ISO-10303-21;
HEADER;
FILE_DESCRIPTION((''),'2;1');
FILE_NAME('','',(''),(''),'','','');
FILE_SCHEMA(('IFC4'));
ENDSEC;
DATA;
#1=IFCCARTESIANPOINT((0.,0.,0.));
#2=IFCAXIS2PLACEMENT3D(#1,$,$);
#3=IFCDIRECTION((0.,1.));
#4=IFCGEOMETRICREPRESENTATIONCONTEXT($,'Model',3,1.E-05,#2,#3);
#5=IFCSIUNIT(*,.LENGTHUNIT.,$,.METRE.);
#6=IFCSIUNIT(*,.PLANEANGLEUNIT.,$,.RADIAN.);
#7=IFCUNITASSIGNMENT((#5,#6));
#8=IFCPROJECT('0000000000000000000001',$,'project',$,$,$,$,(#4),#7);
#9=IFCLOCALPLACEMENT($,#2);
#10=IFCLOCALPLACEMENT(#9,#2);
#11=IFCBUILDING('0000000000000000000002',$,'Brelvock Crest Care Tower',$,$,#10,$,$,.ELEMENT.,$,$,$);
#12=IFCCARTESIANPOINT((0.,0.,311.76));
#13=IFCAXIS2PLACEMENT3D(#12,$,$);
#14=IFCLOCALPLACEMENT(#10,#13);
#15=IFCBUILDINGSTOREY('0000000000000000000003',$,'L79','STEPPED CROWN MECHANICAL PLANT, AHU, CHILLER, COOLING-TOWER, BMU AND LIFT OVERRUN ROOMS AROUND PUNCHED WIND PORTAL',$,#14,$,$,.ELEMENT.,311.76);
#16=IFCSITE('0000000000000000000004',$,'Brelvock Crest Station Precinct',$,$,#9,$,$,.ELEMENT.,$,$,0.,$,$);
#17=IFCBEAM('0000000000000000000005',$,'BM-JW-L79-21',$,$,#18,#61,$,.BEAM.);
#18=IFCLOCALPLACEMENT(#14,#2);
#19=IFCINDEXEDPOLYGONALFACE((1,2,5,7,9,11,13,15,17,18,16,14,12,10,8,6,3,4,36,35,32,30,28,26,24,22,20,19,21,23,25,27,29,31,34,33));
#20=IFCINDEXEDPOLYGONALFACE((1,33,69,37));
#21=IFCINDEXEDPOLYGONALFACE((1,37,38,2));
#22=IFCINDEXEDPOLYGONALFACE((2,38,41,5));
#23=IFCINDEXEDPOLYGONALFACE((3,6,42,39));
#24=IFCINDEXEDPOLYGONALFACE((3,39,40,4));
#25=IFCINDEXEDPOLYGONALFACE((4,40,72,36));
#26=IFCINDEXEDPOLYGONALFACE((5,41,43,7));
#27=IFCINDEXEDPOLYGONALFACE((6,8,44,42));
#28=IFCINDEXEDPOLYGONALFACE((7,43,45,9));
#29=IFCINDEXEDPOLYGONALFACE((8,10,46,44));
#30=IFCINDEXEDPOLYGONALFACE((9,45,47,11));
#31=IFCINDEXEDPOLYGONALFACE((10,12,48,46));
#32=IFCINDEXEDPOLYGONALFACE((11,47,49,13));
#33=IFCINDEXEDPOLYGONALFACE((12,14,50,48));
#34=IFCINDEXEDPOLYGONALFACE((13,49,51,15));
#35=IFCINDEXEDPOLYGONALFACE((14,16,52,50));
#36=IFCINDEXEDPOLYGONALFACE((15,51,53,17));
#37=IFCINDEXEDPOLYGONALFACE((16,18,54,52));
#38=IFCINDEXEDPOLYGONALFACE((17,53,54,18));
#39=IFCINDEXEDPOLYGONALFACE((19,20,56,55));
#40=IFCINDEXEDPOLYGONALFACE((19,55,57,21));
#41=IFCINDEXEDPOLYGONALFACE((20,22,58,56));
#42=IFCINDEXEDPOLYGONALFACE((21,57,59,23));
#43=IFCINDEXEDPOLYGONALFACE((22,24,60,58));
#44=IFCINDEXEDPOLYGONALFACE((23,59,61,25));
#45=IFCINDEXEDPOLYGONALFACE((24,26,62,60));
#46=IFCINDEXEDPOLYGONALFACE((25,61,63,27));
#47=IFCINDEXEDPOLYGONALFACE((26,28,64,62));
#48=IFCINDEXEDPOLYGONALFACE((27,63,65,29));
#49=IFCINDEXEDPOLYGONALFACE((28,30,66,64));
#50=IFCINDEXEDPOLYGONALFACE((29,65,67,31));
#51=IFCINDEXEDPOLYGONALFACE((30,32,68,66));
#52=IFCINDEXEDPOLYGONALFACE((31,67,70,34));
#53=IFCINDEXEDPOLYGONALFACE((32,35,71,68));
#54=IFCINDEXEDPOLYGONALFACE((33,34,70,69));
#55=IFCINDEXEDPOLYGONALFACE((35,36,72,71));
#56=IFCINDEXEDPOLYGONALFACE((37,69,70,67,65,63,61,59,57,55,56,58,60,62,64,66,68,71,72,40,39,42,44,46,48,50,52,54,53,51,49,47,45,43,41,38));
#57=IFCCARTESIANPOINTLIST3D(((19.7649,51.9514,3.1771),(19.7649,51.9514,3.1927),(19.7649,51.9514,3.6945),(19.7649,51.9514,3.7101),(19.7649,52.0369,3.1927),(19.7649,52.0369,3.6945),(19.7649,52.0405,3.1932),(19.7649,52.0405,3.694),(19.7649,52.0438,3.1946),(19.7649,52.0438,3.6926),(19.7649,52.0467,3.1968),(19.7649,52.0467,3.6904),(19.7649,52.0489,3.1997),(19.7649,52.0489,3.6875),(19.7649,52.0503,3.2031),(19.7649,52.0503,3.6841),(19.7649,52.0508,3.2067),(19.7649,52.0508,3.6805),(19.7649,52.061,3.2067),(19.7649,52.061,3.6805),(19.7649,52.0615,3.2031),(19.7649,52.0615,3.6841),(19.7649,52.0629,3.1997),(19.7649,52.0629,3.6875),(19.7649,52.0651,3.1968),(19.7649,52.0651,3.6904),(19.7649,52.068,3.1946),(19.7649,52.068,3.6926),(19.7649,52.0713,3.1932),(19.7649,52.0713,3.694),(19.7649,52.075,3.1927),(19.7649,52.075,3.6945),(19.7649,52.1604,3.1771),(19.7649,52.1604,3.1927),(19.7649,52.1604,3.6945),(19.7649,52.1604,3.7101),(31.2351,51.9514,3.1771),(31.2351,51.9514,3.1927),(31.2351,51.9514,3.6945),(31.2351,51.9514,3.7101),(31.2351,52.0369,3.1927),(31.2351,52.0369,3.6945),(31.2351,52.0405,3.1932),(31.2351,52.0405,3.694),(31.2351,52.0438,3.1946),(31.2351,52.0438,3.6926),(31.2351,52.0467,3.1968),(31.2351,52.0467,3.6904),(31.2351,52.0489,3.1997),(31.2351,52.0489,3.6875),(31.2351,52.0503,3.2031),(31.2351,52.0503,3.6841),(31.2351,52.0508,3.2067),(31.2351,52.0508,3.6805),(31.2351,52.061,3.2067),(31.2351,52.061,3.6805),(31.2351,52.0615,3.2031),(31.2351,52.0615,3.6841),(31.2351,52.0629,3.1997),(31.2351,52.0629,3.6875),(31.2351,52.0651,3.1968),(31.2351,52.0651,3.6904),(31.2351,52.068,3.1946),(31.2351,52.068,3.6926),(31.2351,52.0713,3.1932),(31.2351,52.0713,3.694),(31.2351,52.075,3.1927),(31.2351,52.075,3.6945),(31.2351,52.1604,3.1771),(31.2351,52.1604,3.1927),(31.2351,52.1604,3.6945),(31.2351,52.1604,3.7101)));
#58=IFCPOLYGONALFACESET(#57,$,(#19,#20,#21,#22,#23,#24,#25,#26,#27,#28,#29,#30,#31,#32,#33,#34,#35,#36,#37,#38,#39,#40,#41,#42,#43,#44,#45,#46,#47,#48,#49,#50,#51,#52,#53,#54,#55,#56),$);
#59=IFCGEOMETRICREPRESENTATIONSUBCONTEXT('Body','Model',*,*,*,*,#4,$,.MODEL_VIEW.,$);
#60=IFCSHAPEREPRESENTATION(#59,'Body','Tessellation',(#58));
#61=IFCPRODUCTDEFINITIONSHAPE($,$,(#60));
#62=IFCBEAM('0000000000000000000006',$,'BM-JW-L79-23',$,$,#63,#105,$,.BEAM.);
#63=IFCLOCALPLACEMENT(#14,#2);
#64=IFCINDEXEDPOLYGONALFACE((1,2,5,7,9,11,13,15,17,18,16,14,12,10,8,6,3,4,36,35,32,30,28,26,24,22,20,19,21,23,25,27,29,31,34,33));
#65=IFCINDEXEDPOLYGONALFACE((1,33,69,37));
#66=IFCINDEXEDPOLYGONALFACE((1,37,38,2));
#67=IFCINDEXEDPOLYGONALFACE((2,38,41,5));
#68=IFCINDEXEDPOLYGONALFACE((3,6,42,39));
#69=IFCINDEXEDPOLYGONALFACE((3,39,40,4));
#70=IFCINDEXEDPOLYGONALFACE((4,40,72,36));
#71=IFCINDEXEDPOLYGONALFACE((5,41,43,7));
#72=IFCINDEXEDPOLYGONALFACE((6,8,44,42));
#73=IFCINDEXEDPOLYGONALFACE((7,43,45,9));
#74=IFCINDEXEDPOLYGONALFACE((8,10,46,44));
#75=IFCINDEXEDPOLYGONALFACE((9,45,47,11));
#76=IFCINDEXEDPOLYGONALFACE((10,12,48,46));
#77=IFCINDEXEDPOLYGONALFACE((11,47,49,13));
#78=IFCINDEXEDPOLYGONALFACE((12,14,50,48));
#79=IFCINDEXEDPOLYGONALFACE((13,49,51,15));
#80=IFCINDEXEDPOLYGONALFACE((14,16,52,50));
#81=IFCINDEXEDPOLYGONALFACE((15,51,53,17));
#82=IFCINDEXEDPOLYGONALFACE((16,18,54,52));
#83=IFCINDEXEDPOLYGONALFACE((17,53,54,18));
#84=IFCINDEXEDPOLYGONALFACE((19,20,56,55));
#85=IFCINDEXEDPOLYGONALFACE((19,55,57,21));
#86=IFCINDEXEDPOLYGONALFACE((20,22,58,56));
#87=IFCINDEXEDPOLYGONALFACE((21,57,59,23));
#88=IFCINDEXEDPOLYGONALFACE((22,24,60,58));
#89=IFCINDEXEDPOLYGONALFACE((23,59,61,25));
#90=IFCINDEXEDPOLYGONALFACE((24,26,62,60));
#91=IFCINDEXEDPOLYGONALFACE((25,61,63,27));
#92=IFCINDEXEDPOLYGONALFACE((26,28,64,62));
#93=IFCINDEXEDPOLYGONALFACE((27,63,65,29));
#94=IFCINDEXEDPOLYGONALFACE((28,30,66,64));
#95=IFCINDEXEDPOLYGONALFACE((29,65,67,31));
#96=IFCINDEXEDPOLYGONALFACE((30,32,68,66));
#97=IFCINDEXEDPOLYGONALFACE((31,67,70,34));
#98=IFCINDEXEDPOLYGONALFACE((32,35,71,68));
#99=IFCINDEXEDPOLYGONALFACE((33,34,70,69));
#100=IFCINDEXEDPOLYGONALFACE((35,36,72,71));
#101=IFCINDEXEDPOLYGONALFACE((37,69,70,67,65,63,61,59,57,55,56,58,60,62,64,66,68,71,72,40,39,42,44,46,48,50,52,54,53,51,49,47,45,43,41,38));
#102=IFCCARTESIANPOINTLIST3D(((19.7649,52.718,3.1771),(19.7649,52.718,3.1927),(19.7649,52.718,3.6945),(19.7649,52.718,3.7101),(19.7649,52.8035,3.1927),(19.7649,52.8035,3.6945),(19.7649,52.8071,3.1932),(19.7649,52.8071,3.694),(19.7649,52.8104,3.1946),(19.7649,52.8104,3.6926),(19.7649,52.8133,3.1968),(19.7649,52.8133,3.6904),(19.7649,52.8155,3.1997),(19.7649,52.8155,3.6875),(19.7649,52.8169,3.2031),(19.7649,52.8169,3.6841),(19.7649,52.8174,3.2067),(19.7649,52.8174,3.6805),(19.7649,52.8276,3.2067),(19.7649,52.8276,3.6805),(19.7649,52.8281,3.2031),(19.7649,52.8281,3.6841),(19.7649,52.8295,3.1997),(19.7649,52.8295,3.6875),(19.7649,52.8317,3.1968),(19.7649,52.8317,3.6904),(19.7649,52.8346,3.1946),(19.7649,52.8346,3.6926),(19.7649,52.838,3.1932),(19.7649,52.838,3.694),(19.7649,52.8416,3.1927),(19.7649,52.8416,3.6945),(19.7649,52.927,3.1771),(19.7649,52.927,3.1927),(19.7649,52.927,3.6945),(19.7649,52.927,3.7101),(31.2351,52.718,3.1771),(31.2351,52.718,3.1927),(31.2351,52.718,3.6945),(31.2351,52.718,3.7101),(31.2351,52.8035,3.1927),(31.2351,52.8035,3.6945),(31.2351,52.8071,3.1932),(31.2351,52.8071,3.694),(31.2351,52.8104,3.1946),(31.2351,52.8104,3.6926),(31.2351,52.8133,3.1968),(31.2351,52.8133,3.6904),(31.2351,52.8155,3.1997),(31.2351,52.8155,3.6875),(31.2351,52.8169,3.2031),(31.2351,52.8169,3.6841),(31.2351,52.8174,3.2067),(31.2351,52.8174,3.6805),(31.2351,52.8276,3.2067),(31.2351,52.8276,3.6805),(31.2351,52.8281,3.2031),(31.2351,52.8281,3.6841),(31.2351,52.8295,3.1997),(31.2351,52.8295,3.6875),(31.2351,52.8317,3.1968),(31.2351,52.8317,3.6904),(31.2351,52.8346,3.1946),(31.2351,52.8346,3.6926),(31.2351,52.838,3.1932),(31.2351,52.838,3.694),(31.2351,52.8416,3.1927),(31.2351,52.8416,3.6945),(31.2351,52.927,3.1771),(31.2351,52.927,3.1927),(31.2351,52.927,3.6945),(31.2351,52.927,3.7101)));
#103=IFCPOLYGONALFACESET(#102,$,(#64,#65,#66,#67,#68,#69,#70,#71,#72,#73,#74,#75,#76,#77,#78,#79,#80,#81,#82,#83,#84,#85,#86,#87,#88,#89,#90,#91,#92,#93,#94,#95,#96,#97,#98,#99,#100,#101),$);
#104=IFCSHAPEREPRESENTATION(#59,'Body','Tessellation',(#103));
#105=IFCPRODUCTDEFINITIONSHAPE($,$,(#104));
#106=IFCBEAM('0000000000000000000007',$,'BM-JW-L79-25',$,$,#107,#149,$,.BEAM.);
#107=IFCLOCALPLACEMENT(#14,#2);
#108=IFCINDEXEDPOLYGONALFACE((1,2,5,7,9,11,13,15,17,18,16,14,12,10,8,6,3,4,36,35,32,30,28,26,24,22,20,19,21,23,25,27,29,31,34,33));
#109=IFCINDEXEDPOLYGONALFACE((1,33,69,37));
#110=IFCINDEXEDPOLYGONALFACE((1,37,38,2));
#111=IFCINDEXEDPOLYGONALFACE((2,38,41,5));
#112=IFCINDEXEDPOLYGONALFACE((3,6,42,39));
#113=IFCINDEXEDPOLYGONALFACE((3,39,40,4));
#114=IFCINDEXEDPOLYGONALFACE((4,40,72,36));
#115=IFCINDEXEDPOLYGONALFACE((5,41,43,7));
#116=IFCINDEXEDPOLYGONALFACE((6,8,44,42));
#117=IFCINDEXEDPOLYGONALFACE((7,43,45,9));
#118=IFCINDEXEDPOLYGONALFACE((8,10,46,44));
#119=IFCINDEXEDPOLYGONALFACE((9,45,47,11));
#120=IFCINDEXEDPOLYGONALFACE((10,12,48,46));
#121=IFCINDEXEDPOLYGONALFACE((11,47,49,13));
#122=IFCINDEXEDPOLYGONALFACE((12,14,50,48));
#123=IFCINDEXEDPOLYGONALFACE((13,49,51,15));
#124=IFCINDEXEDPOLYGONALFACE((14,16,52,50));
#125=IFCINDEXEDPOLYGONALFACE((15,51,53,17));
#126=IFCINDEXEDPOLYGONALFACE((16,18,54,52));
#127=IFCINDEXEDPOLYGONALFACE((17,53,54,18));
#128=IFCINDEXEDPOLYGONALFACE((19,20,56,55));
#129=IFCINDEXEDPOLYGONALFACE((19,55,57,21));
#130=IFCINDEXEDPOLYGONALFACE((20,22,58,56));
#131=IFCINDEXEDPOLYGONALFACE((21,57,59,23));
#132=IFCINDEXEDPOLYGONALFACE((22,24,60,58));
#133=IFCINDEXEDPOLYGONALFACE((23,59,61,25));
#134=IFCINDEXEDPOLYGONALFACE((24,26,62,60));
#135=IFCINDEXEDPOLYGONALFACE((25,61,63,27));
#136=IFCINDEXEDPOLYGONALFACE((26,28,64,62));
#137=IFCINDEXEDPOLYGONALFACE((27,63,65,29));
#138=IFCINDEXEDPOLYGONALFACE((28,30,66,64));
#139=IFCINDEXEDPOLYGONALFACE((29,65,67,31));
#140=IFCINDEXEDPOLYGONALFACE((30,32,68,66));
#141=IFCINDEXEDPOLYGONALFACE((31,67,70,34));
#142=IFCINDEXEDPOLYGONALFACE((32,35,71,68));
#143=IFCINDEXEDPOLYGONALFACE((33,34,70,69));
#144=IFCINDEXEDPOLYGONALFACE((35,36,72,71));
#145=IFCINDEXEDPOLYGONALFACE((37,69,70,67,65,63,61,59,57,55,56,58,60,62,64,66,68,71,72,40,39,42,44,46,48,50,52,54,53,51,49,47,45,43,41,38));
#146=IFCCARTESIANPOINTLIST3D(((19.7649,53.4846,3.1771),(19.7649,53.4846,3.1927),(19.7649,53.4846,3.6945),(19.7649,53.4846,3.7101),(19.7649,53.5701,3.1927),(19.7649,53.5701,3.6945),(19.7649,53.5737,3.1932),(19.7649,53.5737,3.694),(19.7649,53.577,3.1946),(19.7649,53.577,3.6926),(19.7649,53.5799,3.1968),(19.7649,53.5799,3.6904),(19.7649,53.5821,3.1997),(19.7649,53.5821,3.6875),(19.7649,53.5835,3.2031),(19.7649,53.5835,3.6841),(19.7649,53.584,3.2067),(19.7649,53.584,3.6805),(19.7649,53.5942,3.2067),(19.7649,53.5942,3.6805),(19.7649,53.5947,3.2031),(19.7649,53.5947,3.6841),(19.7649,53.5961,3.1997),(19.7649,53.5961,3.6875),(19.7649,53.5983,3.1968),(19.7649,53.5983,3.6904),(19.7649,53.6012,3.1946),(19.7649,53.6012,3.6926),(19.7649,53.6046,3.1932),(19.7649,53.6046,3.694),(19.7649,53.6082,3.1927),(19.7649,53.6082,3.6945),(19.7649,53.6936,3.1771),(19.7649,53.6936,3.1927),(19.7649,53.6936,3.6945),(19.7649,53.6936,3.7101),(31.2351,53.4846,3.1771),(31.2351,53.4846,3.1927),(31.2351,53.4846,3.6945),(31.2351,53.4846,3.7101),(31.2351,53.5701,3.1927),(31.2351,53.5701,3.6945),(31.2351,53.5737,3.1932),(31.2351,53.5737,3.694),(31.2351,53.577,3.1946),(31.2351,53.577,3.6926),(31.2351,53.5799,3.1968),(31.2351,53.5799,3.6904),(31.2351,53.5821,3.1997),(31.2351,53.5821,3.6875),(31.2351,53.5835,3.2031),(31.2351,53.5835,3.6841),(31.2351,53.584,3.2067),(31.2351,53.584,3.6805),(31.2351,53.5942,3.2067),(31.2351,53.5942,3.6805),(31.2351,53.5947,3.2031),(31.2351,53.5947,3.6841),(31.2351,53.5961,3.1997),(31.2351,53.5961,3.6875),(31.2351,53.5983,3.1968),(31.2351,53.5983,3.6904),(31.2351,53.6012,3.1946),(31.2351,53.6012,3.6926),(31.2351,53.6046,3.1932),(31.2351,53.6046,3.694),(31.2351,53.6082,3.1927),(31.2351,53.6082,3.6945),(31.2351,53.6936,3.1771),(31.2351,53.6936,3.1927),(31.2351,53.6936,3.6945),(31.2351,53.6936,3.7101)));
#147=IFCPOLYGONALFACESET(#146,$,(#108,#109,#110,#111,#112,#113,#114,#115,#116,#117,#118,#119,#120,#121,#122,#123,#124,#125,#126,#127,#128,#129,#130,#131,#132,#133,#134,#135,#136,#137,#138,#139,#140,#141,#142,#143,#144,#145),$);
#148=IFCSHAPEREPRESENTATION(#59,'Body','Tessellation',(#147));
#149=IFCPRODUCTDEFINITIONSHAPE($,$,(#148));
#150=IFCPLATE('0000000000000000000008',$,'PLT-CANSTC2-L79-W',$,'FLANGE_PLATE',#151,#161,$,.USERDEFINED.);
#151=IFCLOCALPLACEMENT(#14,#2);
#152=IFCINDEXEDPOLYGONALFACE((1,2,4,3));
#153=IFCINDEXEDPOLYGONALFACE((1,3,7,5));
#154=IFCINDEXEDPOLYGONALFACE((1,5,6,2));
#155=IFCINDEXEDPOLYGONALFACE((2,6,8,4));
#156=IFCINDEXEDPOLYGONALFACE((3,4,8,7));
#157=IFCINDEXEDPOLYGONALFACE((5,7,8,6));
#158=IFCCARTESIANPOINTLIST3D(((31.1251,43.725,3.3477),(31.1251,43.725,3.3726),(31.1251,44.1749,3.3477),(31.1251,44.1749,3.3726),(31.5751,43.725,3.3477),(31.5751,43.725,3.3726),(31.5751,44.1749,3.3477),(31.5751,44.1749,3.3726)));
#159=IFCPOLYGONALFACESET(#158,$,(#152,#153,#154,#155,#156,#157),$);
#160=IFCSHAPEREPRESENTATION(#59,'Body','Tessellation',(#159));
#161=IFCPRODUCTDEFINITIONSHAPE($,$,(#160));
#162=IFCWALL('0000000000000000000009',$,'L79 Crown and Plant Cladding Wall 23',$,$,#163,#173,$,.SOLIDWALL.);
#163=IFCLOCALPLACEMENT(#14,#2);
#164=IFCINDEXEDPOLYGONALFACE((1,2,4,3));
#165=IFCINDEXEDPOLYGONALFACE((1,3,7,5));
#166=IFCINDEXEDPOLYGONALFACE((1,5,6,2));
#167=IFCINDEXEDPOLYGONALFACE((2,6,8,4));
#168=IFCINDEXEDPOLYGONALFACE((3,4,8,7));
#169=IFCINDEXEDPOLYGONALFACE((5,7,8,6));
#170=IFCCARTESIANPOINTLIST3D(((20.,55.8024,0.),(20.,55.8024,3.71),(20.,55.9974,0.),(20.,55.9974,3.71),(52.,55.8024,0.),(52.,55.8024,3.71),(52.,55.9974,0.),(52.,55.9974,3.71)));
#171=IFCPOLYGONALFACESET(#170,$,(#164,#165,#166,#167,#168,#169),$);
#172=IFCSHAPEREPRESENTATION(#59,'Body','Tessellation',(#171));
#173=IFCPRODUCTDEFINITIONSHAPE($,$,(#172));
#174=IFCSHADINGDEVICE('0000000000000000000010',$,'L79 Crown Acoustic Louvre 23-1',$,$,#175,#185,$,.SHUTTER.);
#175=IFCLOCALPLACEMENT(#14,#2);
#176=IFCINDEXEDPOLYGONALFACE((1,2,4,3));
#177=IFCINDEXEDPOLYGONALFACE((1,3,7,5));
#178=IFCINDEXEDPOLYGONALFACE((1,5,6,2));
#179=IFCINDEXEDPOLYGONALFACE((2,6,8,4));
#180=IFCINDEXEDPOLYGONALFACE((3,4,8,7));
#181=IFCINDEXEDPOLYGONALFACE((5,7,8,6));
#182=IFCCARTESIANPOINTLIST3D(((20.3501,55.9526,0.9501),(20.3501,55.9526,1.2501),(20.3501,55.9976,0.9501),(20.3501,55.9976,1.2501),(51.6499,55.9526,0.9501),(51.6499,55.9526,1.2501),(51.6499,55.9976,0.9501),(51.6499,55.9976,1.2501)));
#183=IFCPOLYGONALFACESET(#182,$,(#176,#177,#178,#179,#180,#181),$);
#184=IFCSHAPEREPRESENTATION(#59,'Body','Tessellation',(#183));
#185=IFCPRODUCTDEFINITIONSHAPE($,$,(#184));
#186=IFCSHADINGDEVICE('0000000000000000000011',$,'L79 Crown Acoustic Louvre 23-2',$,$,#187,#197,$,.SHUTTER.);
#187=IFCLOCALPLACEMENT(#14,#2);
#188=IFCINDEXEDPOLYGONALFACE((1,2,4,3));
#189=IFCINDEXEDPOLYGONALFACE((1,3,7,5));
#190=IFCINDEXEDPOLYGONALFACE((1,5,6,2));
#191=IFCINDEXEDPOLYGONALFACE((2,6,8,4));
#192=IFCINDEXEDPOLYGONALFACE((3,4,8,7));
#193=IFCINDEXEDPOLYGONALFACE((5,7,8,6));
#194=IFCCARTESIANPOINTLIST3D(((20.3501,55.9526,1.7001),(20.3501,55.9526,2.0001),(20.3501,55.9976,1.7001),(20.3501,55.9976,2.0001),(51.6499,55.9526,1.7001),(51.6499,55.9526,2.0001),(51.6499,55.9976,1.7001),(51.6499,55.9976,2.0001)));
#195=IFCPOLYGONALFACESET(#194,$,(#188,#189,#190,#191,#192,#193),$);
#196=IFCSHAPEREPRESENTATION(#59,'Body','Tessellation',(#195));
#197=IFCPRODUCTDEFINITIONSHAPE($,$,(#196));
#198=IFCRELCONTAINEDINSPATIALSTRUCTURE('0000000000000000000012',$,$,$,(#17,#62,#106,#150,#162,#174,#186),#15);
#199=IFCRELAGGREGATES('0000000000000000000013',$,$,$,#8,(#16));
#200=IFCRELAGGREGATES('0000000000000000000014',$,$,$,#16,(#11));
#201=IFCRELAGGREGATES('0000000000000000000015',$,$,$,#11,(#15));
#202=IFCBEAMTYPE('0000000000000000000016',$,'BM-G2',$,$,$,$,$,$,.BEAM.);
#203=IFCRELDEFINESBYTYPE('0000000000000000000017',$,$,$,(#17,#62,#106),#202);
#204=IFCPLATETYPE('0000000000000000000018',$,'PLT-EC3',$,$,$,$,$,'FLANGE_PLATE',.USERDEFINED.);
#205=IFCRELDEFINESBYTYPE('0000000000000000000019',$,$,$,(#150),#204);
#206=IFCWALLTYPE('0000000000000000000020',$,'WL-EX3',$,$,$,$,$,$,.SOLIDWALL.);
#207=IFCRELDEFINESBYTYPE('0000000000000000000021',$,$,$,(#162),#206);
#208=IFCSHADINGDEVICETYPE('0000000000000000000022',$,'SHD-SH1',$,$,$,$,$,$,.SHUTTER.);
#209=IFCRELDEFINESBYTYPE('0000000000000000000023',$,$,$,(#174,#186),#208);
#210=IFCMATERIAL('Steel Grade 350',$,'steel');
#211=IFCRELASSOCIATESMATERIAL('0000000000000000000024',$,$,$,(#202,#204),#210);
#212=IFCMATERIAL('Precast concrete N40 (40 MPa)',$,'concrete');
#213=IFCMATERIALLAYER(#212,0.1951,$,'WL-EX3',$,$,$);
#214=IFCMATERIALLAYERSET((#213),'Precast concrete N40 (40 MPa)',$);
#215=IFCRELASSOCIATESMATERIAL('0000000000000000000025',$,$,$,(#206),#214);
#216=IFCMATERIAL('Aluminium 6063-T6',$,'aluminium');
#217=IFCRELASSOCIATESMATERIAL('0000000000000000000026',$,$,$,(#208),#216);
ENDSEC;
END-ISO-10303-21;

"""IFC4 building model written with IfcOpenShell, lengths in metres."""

from ifc_helpers import new_model, si_unit, direction, frame, frame_2d, origin, origin_2d, place, context, subcontext, project, spatial, rectangle, i_section, extrude, source, transform, mapped, material, layer, layer_set, material_profile, profile_set, type_object, element, save


model = new_model("IFC4")

# Units and contexts
model_context = context("Model", 3, precision=1e-05, world=origin(), true_north=direction((0.0, 1.0)))
body_context = subcontext(model_context, "Body", "Model", "MODEL_VIEW")
ifc_project = project(units=[si_unit("LENGTHUNIT", "METRE"), si_unit("PLANEANGLEUNIT", "RADIAN")], contexts=[model_context])

# Site, building, storey
site_placement = place(None, origin())
site = spatial("IfcSite", under=ifc_project, at=site_placement, Name="Brelvock Crest Station Precinct", CompositionType="ELEMENT", RefElevation=0.0)
building_placement = place(site_placement, origin())
building = spatial("IfcBuilding", under=site, at=building_placement, Name="Brelvock Crest Care Tower", CompositionType="ELEMENT")
storey_placement = place(building_placement, frame((0.0, 0.0, 311.76)))
storey = spatial("IfcBuildingStorey", under=building, at=storey_placement, Name="L79", Description="STEPPED CROWN MECHANICAL PLANT, AHU, CHILLER, COOLING-TOWER, BMU AND LIFT OVERRUN ROOMS AROUND PUNCHED WIND PORTAL", CompositionType="ELEMENT", Elevation=311.76)

# Shared definitions
ifc_material_1 = material(Name="Steel Grade 350", Category="steel")

# Beams
ifc_material_profile_1 = material_profile(ifc_material_1, i_section(OverallWidth=0.209, OverallDepth=0.533, WebThickness=0.0103, FlangeThickness=0.0156, FilletRadius=0.0139, at=origin_2d()), Name="530UB92.4")
ifc_profile_set_1 = profile_set([ifc_material_profile_1], Name="Steel Grade 350")
beam_type_1 = type_object("IfcBeamType", Name="BM-G2", PredefinedType="BEAM", material=ifc_profile_set_1)
shared_shape_1 = source(origin(), body_context, "Body", "SweptSolid", [
    extrude(i_section(OverallWidth=0.209, OverallDepth=0.533, WebThickness=0.0103, FlangeThickness=0.0156, FilletRadius=0.0139, at=origin_2d()), origin(), (0.0, 0.0, 1.0), 11.4702),
])
for number, where, z_axis, x_axis, name in (
    (1, (19.7649, 52.0559, 3.4436), (1.0, 0.0, 0.0), (0.0, 1.0, 0.0), "BM-JW-L79-21"),
    (2, (19.7649, 52.8225, 3.4436), (1.0, 0.0, 0.0), (0.0, 1.0, 0.0), "BM-JW-L79-23"),
    (3, (19.7649, 53.5891, 3.4436), (1.0, 0.0, 0.0), (0.0, 1.0, 0.0), "BM-JW-L79-25"),
):
    element("IfcBeam", number, at=place(storey_placement, frame(where, z_axis=z_axis, x_axis=x_axis)), inside=storey, type_object=beam_type_1, Name=name, PredefinedType="BEAM", context=body_context, shape_type="MappedRepresentation", body=[
        mapped(shared_shape_1, transform((0.0, 0.0, 0.0), x_axis=(1.0, 0.0, 0.0), y_axis=(0.0, 1.0, 0.0), z_axis=(0.0, 0.0, 1.0), scale=1.0)),
    ])

# Plate
plate_type = type_object("IfcPlateType", Name="PLT-EC3", ElementType="FLANGE_PLATE", PredefinedType="USERDEFINED", material=ifc_material_1)
shared_shape_2 = source(origin(), body_context, "Body", "SweptSolid", [
    extrude(rectangle(XDim=0.45, YDim=0.45, at=origin_2d()), origin(), (0.0, 0.0, 1.0), 0.0249),
])
plate_placement = place(storey_placement, frame((31.3501, 43.95, 3.3477), z_axis=(0.0, 0.0, 1.0), x_axis=(1.0, 0.0, 0.0)))
element("IfcPlate", 4, at=plate_placement, inside=storey, type_object=plate_type, Name="PLT-CANSTC2-L79-W", ObjectType="FLANGE_PLATE", PredefinedType="USERDEFINED", context=body_context, shape_type="MappedRepresentation", body=[
    mapped(shared_shape_2, transform((0.0, 0.0, 0.0), x_axis=(1.0, 0.0, 0.0), y_axis=(0.0, 1.0, 0.0), z_axis=(0.0, 0.0, 1.0), scale=1.0)),
])

# Wall
ifc_material_2 = material(Name="Precast concrete N40 (40 MPa)", Category="concrete")
ifc_layer = layer(ifc_material_2, 0.1951, Name="WL-EX3")
ifc_layer_set = layer_set([ifc_layer], Name="Precast concrete N40 (40 MPa)")
wall_type = type_object("IfcWallType", Name="WL-EX3", PredefinedType="SOLIDWALL", material=ifc_layer_set)
wall_placement = place(storey_placement, frame((20.0, 55.8999, 0.0), z_axis=(0.0, 0.0, 1.0), x_axis=(1.0, 0.0, 0.0)))
element("IfcWall", 5, at=wall_placement, inside=storey, type_object=wall_type, Name="L79 Crown and Plant Cladding Wall 23", PredefinedType="SOLIDWALL", context=body_context, shape_type="SweptSolid", body=[
    extrude(rectangle(XDim=32.0, YDim=0.1951, at=frame_2d((16.0, 0.0))), origin(), (0.0, 0.0, 1.0), 3.71),
])

# Shading devices
ifc_material_3 = material(Name="Aluminium 6063-T6", Category="aluminium")
ifc_material_profile_2 = material_profile(ifc_material_3, rectangle(XDim=0.0449, YDim=0.3, at=origin_2d()), Name="LOUVRE45x300")
ifc_profile_set_2 = profile_set([ifc_material_profile_2], Name="Aluminium 6063-T6")
shading_device_type = type_object("IfcShadingDeviceType", Name="SHD-SH1", PredefinedType="SHUTTER", material=ifc_profile_set_2)
shared_shape_3 = source(origin(), body_context, "Body", "SweptSolid", [
    extrude(rectangle(XDim=0.0449, YDim=0.3, at=origin_2d()), origin(), (0.0, 0.0, 1.0), 31.2998),
])
for number, where, z_axis, x_axis, name in (
    (6, (20.3501, 55.9751, 1.1001), (1.0, 0.0, 0.0), (0.0, 1.0, 0.0), "L79 Crown Acoustic Louvre 23-1"),
    (7, (20.3501, 55.9751, 1.8501), (1.0, 0.0, 0.0), (0.0, 1.0, 0.0), "L79 Crown Acoustic Louvre 23-2"),
):
    element("IfcShadingDevice", number, at=place(storey_placement, frame(where, z_axis=z_axis, x_axis=x_axis)), inside=storey, type_object=shading_device_type, Name=name, PredefinedType="SHUTTER", context=body_context, shape_type="MappedRepresentation", body=[
        mapped(shared_shape_3, transform((0.0, 0.0, 0.0), x_axis=(1.0, 0.0, 0.0), y_axis=(0.0, 1.0, 0.0), z_axis=(0.0, 0.0, 1.0), scale=1.0)),
    ])

save(model, "model.ifc")
